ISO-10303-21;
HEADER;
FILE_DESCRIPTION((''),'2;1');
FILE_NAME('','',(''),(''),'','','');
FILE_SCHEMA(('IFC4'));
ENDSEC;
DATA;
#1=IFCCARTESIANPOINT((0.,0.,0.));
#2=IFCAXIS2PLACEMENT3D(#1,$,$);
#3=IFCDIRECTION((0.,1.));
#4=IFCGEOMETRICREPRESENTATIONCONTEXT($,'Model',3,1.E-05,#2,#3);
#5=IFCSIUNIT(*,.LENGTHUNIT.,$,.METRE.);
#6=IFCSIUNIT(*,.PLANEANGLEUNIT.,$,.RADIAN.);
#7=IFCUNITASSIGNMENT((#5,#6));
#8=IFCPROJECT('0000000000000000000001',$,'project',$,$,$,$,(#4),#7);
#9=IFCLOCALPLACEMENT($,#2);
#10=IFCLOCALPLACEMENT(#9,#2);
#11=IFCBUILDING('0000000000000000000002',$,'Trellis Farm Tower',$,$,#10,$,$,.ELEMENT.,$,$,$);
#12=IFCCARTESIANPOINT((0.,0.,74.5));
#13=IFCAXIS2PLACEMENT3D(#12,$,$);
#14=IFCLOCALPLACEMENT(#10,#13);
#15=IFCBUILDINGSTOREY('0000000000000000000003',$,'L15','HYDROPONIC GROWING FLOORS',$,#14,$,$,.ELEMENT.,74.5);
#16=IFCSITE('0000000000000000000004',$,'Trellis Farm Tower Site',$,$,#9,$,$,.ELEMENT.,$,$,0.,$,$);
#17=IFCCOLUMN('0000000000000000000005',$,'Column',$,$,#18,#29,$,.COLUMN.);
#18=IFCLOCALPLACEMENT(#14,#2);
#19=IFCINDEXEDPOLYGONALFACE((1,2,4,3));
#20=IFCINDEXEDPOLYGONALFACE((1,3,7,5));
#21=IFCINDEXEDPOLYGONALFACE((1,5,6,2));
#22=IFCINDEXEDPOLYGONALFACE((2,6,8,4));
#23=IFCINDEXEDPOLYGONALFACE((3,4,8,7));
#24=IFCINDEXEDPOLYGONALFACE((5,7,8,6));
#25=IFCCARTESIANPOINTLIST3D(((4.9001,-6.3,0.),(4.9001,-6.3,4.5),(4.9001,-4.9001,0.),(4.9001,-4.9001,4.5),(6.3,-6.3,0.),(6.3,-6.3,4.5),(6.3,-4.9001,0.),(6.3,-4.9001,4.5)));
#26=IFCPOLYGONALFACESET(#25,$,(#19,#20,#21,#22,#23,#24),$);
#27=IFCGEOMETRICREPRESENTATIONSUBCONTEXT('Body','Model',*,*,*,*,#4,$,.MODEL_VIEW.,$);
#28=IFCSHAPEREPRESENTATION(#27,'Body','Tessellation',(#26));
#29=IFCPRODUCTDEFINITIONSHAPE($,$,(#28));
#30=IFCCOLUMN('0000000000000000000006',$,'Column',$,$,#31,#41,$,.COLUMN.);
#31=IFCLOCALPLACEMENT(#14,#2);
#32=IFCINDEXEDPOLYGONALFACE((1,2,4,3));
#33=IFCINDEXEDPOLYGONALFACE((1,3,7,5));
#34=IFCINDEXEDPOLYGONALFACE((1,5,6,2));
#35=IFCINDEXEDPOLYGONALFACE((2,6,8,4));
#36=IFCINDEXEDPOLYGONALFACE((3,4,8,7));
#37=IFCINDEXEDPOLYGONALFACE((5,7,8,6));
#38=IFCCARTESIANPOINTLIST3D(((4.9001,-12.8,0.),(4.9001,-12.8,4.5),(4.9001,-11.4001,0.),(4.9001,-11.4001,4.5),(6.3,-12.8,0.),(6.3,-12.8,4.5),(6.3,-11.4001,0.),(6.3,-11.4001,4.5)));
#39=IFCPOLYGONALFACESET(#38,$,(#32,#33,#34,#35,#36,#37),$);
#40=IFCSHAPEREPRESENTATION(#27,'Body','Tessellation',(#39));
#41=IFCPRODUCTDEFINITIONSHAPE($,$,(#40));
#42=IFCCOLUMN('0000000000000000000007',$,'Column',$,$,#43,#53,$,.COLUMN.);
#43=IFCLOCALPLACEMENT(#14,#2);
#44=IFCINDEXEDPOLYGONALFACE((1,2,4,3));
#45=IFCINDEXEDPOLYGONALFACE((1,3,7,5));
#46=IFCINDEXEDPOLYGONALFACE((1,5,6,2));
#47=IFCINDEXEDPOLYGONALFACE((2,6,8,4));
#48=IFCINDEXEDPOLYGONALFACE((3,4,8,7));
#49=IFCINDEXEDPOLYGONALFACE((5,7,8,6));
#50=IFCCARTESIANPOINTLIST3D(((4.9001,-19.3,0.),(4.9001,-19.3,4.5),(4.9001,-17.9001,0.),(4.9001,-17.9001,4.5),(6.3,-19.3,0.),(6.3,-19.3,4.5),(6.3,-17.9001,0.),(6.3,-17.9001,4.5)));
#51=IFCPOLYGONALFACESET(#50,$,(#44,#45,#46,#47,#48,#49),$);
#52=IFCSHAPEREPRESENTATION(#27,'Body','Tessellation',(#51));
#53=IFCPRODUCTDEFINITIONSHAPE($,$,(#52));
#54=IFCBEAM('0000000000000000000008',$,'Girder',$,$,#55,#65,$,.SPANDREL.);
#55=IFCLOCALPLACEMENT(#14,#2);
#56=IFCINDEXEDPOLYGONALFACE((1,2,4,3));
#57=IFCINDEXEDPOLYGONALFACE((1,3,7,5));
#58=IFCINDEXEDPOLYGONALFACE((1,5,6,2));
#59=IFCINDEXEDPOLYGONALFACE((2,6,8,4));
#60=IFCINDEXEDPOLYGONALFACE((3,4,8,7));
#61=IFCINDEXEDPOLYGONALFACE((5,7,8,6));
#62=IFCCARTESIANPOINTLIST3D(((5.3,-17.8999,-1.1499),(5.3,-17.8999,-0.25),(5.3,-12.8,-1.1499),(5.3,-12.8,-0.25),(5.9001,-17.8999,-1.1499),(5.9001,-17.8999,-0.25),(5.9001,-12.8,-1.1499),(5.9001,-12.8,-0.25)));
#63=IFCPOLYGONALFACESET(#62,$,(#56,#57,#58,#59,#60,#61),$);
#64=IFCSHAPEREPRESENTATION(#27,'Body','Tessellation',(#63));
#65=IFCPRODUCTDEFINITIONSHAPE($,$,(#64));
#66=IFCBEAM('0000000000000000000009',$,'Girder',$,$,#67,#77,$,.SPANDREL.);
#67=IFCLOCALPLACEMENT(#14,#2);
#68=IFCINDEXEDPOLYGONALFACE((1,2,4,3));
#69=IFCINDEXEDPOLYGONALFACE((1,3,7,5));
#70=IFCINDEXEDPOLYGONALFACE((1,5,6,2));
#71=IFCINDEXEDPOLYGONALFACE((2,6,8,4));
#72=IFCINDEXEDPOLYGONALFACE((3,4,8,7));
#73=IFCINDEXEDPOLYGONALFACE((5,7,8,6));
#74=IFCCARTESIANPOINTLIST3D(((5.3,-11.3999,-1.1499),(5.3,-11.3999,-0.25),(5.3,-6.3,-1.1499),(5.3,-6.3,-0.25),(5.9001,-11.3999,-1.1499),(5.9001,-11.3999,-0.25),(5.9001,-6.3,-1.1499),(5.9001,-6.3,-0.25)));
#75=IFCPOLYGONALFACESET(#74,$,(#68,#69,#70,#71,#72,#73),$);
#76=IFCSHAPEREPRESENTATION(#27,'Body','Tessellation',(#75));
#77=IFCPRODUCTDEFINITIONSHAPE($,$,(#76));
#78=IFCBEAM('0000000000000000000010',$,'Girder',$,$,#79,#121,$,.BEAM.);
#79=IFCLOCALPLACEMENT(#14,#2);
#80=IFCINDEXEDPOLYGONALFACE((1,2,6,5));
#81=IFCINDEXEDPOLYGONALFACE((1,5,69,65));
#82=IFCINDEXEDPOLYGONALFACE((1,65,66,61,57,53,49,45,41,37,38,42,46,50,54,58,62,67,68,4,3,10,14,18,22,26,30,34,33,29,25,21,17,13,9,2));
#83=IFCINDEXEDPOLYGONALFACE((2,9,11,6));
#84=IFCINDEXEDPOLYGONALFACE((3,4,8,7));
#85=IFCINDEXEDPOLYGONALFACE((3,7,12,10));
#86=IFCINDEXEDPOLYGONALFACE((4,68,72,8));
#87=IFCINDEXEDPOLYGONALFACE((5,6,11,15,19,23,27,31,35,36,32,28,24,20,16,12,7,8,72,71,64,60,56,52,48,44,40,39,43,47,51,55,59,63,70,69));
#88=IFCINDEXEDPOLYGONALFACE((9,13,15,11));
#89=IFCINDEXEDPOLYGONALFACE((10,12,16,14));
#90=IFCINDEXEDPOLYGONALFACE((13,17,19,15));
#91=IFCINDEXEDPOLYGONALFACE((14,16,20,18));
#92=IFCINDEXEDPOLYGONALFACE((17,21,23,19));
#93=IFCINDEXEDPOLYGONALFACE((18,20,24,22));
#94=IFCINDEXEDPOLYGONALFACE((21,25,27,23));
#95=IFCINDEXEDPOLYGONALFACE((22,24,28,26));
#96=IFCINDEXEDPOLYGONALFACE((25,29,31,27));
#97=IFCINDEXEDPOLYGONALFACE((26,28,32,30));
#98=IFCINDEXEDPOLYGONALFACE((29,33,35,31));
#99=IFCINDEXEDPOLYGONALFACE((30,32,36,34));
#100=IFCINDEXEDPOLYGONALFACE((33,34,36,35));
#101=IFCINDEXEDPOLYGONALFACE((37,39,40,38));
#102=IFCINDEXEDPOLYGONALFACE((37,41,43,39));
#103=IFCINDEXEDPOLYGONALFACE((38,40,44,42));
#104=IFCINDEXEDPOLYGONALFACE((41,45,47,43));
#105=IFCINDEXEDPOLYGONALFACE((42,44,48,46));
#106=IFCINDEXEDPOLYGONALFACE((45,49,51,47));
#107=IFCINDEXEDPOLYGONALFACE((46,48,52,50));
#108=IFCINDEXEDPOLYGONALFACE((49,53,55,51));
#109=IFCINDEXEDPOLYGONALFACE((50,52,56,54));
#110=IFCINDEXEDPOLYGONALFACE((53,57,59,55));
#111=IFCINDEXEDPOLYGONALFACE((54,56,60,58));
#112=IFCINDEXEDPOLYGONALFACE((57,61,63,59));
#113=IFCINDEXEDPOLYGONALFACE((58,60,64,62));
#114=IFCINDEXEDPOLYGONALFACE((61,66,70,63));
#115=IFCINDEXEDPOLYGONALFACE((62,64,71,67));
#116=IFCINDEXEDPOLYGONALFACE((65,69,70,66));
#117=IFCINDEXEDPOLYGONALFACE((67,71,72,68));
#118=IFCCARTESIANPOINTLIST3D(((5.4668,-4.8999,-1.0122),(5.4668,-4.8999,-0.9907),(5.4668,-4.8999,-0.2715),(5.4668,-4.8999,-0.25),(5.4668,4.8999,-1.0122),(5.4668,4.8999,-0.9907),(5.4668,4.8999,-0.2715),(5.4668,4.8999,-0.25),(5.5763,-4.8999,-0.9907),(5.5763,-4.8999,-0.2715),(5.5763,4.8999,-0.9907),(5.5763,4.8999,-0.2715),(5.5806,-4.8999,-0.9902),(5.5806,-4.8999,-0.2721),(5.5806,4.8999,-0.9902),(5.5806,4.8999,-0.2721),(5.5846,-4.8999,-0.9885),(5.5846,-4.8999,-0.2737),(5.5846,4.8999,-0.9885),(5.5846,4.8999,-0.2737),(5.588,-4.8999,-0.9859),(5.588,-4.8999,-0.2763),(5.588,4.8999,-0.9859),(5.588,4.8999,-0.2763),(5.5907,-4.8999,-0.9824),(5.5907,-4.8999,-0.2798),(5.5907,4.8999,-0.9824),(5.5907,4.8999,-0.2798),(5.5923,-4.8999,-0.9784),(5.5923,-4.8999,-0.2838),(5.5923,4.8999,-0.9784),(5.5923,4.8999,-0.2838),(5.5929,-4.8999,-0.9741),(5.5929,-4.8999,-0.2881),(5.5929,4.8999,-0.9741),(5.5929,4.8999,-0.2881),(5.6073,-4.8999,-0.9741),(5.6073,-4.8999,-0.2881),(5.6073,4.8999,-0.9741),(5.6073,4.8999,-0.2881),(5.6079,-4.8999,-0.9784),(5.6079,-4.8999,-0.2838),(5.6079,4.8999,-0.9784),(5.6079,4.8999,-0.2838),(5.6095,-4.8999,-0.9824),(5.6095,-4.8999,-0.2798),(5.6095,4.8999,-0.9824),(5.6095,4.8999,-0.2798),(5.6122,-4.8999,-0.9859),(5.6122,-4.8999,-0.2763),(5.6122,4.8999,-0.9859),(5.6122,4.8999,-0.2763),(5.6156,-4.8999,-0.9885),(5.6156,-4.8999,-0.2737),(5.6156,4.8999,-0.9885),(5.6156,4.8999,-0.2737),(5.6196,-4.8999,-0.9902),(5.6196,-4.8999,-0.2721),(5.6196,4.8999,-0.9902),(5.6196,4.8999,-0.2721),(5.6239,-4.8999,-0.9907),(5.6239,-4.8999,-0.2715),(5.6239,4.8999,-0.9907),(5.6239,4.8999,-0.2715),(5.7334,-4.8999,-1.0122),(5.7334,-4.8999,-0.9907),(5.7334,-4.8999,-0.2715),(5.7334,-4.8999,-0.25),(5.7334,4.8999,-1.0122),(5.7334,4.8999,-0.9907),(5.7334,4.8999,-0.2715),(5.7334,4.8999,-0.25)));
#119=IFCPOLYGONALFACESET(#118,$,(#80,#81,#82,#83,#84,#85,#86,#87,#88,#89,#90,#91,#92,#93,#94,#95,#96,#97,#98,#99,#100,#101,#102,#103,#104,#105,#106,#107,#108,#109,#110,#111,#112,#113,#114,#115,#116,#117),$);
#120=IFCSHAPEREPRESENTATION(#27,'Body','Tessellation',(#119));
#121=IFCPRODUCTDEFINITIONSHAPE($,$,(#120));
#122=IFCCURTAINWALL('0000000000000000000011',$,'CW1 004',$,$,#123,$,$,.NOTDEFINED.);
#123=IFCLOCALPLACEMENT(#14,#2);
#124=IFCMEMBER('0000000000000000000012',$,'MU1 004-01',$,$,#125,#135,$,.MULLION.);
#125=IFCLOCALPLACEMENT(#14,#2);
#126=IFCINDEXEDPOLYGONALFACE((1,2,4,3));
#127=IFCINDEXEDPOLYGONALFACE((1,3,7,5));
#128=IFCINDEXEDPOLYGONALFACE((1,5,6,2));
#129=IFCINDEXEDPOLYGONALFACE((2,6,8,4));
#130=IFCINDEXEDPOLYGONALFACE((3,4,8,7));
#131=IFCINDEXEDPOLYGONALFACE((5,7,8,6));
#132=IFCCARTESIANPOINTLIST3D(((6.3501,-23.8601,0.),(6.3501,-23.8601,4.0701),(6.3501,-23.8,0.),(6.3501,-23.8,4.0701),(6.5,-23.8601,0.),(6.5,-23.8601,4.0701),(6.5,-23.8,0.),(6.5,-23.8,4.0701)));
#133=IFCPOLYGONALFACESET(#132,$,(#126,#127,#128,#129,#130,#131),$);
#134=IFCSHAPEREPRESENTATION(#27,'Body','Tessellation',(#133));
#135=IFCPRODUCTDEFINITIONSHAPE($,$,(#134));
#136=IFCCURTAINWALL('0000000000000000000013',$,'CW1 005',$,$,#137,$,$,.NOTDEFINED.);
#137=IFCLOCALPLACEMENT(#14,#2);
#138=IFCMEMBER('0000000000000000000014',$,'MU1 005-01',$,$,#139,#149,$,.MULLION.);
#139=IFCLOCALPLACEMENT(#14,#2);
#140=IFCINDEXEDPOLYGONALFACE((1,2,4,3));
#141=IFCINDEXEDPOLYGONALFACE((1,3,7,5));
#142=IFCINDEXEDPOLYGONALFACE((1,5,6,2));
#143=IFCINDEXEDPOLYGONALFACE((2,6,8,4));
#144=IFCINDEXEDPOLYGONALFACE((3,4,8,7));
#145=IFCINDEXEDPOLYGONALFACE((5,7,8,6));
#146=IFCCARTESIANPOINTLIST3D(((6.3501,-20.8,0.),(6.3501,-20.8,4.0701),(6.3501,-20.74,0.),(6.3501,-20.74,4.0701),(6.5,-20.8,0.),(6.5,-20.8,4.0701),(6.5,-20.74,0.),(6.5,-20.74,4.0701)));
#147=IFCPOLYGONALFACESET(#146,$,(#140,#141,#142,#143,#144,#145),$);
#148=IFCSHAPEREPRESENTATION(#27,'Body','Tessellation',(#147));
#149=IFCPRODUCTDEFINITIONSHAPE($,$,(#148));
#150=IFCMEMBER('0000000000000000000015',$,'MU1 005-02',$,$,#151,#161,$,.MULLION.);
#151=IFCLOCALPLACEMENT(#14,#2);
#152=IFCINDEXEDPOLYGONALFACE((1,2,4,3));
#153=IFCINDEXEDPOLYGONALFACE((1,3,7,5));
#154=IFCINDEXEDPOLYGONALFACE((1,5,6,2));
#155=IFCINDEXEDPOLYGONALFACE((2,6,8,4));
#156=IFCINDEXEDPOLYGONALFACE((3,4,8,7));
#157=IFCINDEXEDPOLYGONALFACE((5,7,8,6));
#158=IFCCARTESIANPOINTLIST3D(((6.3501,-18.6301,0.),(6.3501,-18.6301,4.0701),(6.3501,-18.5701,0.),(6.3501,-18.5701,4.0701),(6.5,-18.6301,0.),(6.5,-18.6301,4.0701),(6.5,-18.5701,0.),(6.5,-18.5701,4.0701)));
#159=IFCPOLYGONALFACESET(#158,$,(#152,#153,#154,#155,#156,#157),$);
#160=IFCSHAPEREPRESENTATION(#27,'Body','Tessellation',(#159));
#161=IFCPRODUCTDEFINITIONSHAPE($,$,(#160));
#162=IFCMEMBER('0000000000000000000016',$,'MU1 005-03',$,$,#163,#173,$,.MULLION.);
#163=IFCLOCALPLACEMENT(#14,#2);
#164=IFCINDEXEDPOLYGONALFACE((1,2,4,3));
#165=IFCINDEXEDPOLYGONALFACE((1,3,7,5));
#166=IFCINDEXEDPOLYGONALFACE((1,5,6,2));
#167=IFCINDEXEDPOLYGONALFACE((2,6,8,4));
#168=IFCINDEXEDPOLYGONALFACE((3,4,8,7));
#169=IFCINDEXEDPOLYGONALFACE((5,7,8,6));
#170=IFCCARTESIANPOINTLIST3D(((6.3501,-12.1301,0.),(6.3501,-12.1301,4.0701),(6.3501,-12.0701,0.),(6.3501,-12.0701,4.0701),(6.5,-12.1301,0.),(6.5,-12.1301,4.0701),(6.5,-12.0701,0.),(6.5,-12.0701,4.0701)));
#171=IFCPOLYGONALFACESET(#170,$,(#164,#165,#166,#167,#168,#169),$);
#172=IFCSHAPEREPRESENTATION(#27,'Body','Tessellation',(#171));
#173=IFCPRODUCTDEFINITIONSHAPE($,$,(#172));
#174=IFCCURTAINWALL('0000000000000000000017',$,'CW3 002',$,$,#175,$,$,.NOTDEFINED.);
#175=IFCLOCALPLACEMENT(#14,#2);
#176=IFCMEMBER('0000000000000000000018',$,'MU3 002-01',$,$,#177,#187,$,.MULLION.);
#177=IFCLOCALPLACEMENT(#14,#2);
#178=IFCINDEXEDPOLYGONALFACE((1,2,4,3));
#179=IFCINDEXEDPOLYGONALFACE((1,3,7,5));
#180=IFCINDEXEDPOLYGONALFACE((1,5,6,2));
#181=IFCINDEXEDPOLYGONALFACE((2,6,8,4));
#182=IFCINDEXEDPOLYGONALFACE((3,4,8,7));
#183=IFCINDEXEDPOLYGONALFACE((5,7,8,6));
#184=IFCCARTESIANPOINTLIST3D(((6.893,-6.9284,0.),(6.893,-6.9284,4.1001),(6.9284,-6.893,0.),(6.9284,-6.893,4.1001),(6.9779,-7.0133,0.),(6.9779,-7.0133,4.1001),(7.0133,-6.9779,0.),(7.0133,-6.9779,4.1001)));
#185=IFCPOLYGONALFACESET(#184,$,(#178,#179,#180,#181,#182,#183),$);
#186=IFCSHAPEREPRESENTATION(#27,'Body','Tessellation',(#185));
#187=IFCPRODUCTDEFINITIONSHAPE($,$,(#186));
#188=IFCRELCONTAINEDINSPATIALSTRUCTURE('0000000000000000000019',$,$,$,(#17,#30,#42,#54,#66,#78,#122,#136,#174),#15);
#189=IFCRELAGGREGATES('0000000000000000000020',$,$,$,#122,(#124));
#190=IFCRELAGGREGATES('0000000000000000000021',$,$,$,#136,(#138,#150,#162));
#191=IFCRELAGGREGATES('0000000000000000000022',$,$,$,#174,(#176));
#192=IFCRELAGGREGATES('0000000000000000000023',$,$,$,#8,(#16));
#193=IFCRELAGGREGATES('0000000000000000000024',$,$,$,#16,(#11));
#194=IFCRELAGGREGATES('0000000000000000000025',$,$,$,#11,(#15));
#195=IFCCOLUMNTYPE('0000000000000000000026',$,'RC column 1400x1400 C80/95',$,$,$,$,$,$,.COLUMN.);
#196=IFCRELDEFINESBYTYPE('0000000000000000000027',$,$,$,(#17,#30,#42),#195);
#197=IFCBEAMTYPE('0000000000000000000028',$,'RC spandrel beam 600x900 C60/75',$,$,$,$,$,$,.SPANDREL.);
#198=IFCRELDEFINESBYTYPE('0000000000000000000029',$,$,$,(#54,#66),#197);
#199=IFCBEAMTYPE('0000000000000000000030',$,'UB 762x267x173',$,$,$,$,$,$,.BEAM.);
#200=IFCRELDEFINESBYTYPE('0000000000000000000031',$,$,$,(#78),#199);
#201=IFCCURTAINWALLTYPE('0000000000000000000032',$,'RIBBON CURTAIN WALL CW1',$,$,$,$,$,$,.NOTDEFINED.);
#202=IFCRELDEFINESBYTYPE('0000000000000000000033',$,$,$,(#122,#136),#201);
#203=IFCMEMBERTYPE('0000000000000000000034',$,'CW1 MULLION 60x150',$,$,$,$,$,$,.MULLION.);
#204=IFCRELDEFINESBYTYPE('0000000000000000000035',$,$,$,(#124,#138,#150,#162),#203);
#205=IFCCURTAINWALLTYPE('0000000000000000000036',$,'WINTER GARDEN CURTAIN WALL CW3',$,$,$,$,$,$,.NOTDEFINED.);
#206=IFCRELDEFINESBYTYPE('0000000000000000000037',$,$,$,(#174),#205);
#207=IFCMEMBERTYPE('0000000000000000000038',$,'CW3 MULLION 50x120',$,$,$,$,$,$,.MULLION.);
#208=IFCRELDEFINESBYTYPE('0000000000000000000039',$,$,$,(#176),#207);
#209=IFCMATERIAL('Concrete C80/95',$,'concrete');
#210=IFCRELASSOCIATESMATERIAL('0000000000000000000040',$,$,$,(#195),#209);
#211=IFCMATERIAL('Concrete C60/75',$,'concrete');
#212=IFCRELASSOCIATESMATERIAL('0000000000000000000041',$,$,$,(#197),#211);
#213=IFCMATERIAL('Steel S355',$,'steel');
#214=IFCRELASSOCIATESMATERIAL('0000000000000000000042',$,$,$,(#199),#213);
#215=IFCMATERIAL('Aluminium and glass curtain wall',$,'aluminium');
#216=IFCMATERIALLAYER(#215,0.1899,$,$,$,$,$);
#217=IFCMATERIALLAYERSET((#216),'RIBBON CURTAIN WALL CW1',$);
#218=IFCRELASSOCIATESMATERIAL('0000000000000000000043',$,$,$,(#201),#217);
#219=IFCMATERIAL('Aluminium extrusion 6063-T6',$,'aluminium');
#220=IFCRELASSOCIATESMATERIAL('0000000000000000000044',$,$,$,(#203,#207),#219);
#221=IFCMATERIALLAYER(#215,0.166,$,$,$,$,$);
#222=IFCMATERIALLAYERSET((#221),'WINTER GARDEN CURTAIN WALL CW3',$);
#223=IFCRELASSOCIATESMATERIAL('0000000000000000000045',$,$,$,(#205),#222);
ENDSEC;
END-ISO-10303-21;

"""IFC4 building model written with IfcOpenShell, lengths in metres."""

from ifc_helpers import new_model, si_unit, direction, frame, origin, origin_2d, place, context, subcontext, project, spatial, rectangle, i_section, extrude, source, transform, mapped, material, layer, layer_set, material_profile, profile_set, type_object, element, aggregate, save


model = new_model("IFC4")

# Units and contexts
model_context = context("Model", 3, precision=1e-05, world=origin(), true_north=direction((0.0, 1.0)))
body_context = subcontext(model_context, "Body", "Model", "MODEL_VIEW")
ifc_project = project(units=[si_unit("LENGTHUNIT", "METRE"), si_unit("PLANEANGLEUNIT", "RADIAN")], contexts=[model_context])

# Site, building, storey
site_placement = place(None, origin())
site = spatial("IfcSite", under=ifc_project, at=site_placement, Name="Trellis Farm Tower Site", CompositionType="ELEMENT", RefElevation=0.0)
building_placement = place(site_placement, origin())
building = spatial("IfcBuilding", under=site, at=building_placement, Name="Trellis Farm Tower", CompositionType="ELEMENT")
storey_placement = place(building_placement, frame((0.0, 0.0, 74.5)))
storey = spatial("IfcBuildingStorey", under=building, at=storey_placement, Name="L15", Description="HYDROPONIC GROWING FLOORS", CompositionType="ELEMENT", Elevation=74.5)

# Columns
ifc_material_1 = material(Name="Concrete C80/95", Category="concrete")
ifc_material_profile_1 = material_profile(ifc_material_1, rectangle(XDim=1.3999, YDim=1.3999, at=origin_2d()), Name="RC column 1400x1400 C80/95")
ifc_profile_set_1 = profile_set([ifc_material_profile_1], Name="Concrete C80/95")
column_type = type_object("IfcColumnType", Name="RC column 1400x1400 C80/95", PredefinedType="COLUMN", material=ifc_profile_set_1)
shared_shape_1 = source(origin(), body_context, "Body", "SweptSolid", [
    extrude(rectangle(XDim=1.3999, YDim=1.3999, at=origin_2d()), origin(), (0.0, 0.0, 1.0), 4.5),
])
for number, where, z_axis, x_axis, name in (
    (1, (5.6001, -5.6001, 0.0), (0.0, 0.0, 1.0), (1.0, 0.0, 0.0), "Column"),
    (2, (5.6001, -12.1001, 0.0), (0.0, 0.0, 1.0), (1.0, 0.0, 0.0), "Column"),
    (3, (5.6001, -18.6001, 0.0), (0.0, 0.0, 1.0), (1.0, 0.0, 0.0), "Column"),
):
    element("IfcColumn", number, at=place(storey_placement, frame(where, z_axis=z_axis, x_axis=x_axis)), inside=storey, type_object=column_type, Name=name, PredefinedType="COLUMN", context=body_context, shape_type="MappedRepresentation", body=[
        mapped(shared_shape_1, transform((0.0, 0.0, 0.0))),
    ])

# Beams
ifc_material_2 = material(Name="Concrete C60/75", Category="concrete")
ifc_material_profile_2 = material_profile(ifc_material_2, rectangle(XDim=0.6001, YDim=0.8999, at=origin_2d()), Name="RC spandrel beam 600x900 C60/75")
ifc_profile_set_2 = profile_set([ifc_material_profile_2], Name="Concrete C60/75")
beam_type_1 = type_object("IfcBeamType", Name="RC spandrel beam 600x900 C60/75", PredefinedType="SPANDREL", material=ifc_profile_set_2)
shared_shape_2 = source(origin(), body_context, "Body", "SweptSolid", [
    extrude(rectangle(XDim=0.6001, YDim=0.8999, at=origin_2d()), origin(), (0.0, 0.0, 1.0), 5.0999),
])
for number, where, z_axis, x_axis, name in (
    (4, (5.6001, -17.8999, -0.7), (0.0, 1.0, 0.0), (-1.0, 0.0, 0.0), "Girder"),
    (5, (5.6001, -11.3999, -0.7), (0.0, 1.0, 0.0), (-1.0, 0.0, 0.0), "Girder"),
):
    element("IfcBeam", number, at=place(storey_placement, frame(where, z_axis=z_axis, x_axis=x_axis)), inside=storey, type_object=beam_type_1, Name=name, PredefinedType="SPANDREL", context=body_context, shape_type="MappedRepresentation", body=[
        mapped(shared_shape_2, transform((0.0, 0.0, 0.0))),
    ])
ifc_material_3 = material(Name="Steel S355", Category="steel")
ifc_material_profile_3 = material_profile(ifc_material_3, i_section(OverallWidth=0.2666, OverallDepth=0.7622, WebThickness=0.0144, FlangeThickness=0.0215, FilletRadius=0.0166, at=origin_2d()), Name="UB 762x267x173")
ifc_profile_set_3 = profile_set([ifc_material_profile_3], Name="Steel S355")
beam_type_2 = type_object("IfcBeamType", Name="UB 762x267x173", PredefinedType="BEAM", material=ifc_profile_set_3)
shared_shape_3 = source(origin(), body_context, "Body", "SweptSolid", [
    extrude(i_section(OverallWidth=0.2666, OverallDepth=0.7622, WebThickness=0.0144, FlangeThickness=0.0215, FilletRadius=0.0166, at=origin_2d()), origin(), (0.0, 0.0, 1.0), 9.7998),
])
beam_placement = place(storey_placement, frame((5.6001, -4.8999, -0.6311), z_axis=(0.0, 1.0, 0.0), x_axis=(-1.0, 0.0, 0.0)))
element("IfcBeam", 6, at=beam_placement, inside=storey, type_object=beam_type_2, Name="Girder", PredefinedType="BEAM", context=body_context, shape_type="MappedRepresentation", body=[
    mapped(shared_shape_3, transform((0.0, 0.0, 0.0))),
])

# Curtain wall, member
ifc_material_4 = material(Name="Aluminium and glass curtain wall", Category="aluminium")
ifc_layer_1 = layer(ifc_material_4, 0.1899)
ifc_layer_set_1 = layer_set([ifc_layer_1], Name="RIBBON CURTAIN WALL CW1")
curtain_wall_type_1 = type_object("IfcCurtainWallType", Name="RIBBON CURTAIN WALL CW1", PredefinedType="NOTDEFINED", material=ifc_layer_set_1)
placement = place(storey_placement, origin())
curtain_wall_1 = element("IfcCurtainWall", 7, at=placement, inside=storey, type_object=curtain_wall_type_1, Name="CW1 004", PredefinedType="NOTDEFINED")
ifc_material_5 = material(Name="Aluminium extrusion 6063-T6", Category="aluminium")
ifc_material_profile_4 = material_profile(ifc_material_5, rectangle(XDim=0.0601, YDim=0.1499, at=origin_2d()), Name="MULLION 60x150")
ifc_profile_set_4 = profile_set([ifc_material_profile_4], Name="Aluminium extrusion 6063-T6")
member_type_1 = type_object("IfcMemberType", Name="CW1 MULLION 60x150", PredefinedType="MULLION", material=ifc_profile_set_4)
shared_shape_4 = source(origin(), body_context, "Body", "SweptSolid", [
    extrude(rectangle(XDim=0.0601, YDim=0.1499, at=origin_2d()), origin(), (0.0, 0.0, 1.0), 4.0701),
])
member_1_placement = place(storey_placement, frame((6.425, -23.8301, 0.0), z_axis=(0.0, 0.0, 1.0), x_axis=(0.0, 1.0, 0.0)))
member_1 = element("IfcMember", 8, at=member_1_placement, type_object=member_type_1, Name="MU1 004-01", PredefinedType="MULLION", context=body_context, shape_type="MappedRepresentation", body=[
    mapped(shared_shape_4, transform((0.0, 0.0, 0.0))),
])
aggregate(curtain_wall_1, [member_1])

# Curtain wall, members
curtain_wall_2 = element("IfcCurtainWall", 9, at=placement, inside=storey, type_object=curtain_wall_type_1, Name="CW1 005", PredefinedType="NOTDEFINED")
member_2_placement = place(storey_placement, frame((6.425, -20.77, 0.0), z_axis=(0.0, 0.0, 1.0), x_axis=(0.0, 1.0, 0.0)))
member_2 = element("IfcMember", 10, at=member_2_placement, type_object=member_type_1, Name="MU1 005-01", PredefinedType="MULLION", context=body_context, shape_type="MappedRepresentation", body=[
    mapped(shared_shape_4, transform((0.0, 0.0, 0.0))),
])
member_3_placement = place(storey_placement, frame((6.425, -18.6001, 0.0), z_axis=(0.0, 0.0, 1.0), x_axis=(0.0, 1.0, 0.0)))
member_3 = element("IfcMember", 11, at=member_3_placement, type_object=member_type_1, Name="MU1 005-02", PredefinedType="MULLION", context=body_context, shape_type="MappedRepresentation", body=[
    mapped(shared_shape_4, transform((0.0, 0.0, 0.0))),
])
member_4_placement = place(storey_placement, frame((6.425, -12.1001, 0.0), z_axis=(0.0, 0.0, 1.0), x_axis=(0.0, 1.0, 0.0)))
member_4 = element("IfcMember", 12, at=member_4_placement, type_object=member_type_1, Name="MU1 005-03", PredefinedType="MULLION", context=body_context, shape_type="MappedRepresentation", body=[
    mapped(shared_shape_4, transform((0.0, 0.0, 0.0))),
])
aggregate(curtain_wall_2, [member_2, member_3, member_4])

# Curtain wall, member
ifc_layer_2 = layer(ifc_material_4, 0.166)
ifc_layer_set_2 = layer_set([ifc_layer_2], Name="WINTER GARDEN CURTAIN WALL CW3")
curtain_wall_type_2 = type_object("IfcCurtainWallType", Name="WINTER GARDEN CURTAIN WALL CW3", PredefinedType="NOTDEFINED", material=ifc_layer_set_2)
curtain_wall_3 = element("IfcCurtainWall", 13, at=placement, inside=storey, type_object=curtain_wall_type_2, Name="CW3 002", PredefinedType="NOTDEFINED")
ifc_material_profile_5 = material_profile(ifc_material_5, rectangle(XDim=0.05, YDim=0.1201, at=origin_2d()), Name="MULLION 50x120")
ifc_profile_set_5 = profile_set([ifc_material_profile_5], Name="Aluminium extrusion 6063-T6")
member_type_2 = type_object("IfcMemberType", Name="CW3 MULLION 50x120", PredefinedType="MULLION", material=ifc_profile_set_5)
shared_shape_5 = source(origin(), body_context, "Body", "SweptSolid", [
    extrude(rectangle(XDim=0.05, YDim=0.1201, at=origin_2d()), origin(), (0.0, 0.0, 1.0), 4.1001),
])
member_5_placement = place(storey_placement, frame((6.9531, -6.9531, 0.0), z_axis=(0.0, 0.0, 1.0), x_axis=(0.707107, 0.707107, 0.0)))
member_5 = element("IfcMember", 14, at=member_5_placement, type_object=member_type_2, Name="MU3 002-01", PredefinedType="MULLION", context=body_context, shape_type="MappedRepresentation", body=[
    mapped(shared_shape_5, transform((0.0, 0.0, 0.0))),
])
aggregate(curtain_wall_3, [member_5])

save(model, "model.ifc")
